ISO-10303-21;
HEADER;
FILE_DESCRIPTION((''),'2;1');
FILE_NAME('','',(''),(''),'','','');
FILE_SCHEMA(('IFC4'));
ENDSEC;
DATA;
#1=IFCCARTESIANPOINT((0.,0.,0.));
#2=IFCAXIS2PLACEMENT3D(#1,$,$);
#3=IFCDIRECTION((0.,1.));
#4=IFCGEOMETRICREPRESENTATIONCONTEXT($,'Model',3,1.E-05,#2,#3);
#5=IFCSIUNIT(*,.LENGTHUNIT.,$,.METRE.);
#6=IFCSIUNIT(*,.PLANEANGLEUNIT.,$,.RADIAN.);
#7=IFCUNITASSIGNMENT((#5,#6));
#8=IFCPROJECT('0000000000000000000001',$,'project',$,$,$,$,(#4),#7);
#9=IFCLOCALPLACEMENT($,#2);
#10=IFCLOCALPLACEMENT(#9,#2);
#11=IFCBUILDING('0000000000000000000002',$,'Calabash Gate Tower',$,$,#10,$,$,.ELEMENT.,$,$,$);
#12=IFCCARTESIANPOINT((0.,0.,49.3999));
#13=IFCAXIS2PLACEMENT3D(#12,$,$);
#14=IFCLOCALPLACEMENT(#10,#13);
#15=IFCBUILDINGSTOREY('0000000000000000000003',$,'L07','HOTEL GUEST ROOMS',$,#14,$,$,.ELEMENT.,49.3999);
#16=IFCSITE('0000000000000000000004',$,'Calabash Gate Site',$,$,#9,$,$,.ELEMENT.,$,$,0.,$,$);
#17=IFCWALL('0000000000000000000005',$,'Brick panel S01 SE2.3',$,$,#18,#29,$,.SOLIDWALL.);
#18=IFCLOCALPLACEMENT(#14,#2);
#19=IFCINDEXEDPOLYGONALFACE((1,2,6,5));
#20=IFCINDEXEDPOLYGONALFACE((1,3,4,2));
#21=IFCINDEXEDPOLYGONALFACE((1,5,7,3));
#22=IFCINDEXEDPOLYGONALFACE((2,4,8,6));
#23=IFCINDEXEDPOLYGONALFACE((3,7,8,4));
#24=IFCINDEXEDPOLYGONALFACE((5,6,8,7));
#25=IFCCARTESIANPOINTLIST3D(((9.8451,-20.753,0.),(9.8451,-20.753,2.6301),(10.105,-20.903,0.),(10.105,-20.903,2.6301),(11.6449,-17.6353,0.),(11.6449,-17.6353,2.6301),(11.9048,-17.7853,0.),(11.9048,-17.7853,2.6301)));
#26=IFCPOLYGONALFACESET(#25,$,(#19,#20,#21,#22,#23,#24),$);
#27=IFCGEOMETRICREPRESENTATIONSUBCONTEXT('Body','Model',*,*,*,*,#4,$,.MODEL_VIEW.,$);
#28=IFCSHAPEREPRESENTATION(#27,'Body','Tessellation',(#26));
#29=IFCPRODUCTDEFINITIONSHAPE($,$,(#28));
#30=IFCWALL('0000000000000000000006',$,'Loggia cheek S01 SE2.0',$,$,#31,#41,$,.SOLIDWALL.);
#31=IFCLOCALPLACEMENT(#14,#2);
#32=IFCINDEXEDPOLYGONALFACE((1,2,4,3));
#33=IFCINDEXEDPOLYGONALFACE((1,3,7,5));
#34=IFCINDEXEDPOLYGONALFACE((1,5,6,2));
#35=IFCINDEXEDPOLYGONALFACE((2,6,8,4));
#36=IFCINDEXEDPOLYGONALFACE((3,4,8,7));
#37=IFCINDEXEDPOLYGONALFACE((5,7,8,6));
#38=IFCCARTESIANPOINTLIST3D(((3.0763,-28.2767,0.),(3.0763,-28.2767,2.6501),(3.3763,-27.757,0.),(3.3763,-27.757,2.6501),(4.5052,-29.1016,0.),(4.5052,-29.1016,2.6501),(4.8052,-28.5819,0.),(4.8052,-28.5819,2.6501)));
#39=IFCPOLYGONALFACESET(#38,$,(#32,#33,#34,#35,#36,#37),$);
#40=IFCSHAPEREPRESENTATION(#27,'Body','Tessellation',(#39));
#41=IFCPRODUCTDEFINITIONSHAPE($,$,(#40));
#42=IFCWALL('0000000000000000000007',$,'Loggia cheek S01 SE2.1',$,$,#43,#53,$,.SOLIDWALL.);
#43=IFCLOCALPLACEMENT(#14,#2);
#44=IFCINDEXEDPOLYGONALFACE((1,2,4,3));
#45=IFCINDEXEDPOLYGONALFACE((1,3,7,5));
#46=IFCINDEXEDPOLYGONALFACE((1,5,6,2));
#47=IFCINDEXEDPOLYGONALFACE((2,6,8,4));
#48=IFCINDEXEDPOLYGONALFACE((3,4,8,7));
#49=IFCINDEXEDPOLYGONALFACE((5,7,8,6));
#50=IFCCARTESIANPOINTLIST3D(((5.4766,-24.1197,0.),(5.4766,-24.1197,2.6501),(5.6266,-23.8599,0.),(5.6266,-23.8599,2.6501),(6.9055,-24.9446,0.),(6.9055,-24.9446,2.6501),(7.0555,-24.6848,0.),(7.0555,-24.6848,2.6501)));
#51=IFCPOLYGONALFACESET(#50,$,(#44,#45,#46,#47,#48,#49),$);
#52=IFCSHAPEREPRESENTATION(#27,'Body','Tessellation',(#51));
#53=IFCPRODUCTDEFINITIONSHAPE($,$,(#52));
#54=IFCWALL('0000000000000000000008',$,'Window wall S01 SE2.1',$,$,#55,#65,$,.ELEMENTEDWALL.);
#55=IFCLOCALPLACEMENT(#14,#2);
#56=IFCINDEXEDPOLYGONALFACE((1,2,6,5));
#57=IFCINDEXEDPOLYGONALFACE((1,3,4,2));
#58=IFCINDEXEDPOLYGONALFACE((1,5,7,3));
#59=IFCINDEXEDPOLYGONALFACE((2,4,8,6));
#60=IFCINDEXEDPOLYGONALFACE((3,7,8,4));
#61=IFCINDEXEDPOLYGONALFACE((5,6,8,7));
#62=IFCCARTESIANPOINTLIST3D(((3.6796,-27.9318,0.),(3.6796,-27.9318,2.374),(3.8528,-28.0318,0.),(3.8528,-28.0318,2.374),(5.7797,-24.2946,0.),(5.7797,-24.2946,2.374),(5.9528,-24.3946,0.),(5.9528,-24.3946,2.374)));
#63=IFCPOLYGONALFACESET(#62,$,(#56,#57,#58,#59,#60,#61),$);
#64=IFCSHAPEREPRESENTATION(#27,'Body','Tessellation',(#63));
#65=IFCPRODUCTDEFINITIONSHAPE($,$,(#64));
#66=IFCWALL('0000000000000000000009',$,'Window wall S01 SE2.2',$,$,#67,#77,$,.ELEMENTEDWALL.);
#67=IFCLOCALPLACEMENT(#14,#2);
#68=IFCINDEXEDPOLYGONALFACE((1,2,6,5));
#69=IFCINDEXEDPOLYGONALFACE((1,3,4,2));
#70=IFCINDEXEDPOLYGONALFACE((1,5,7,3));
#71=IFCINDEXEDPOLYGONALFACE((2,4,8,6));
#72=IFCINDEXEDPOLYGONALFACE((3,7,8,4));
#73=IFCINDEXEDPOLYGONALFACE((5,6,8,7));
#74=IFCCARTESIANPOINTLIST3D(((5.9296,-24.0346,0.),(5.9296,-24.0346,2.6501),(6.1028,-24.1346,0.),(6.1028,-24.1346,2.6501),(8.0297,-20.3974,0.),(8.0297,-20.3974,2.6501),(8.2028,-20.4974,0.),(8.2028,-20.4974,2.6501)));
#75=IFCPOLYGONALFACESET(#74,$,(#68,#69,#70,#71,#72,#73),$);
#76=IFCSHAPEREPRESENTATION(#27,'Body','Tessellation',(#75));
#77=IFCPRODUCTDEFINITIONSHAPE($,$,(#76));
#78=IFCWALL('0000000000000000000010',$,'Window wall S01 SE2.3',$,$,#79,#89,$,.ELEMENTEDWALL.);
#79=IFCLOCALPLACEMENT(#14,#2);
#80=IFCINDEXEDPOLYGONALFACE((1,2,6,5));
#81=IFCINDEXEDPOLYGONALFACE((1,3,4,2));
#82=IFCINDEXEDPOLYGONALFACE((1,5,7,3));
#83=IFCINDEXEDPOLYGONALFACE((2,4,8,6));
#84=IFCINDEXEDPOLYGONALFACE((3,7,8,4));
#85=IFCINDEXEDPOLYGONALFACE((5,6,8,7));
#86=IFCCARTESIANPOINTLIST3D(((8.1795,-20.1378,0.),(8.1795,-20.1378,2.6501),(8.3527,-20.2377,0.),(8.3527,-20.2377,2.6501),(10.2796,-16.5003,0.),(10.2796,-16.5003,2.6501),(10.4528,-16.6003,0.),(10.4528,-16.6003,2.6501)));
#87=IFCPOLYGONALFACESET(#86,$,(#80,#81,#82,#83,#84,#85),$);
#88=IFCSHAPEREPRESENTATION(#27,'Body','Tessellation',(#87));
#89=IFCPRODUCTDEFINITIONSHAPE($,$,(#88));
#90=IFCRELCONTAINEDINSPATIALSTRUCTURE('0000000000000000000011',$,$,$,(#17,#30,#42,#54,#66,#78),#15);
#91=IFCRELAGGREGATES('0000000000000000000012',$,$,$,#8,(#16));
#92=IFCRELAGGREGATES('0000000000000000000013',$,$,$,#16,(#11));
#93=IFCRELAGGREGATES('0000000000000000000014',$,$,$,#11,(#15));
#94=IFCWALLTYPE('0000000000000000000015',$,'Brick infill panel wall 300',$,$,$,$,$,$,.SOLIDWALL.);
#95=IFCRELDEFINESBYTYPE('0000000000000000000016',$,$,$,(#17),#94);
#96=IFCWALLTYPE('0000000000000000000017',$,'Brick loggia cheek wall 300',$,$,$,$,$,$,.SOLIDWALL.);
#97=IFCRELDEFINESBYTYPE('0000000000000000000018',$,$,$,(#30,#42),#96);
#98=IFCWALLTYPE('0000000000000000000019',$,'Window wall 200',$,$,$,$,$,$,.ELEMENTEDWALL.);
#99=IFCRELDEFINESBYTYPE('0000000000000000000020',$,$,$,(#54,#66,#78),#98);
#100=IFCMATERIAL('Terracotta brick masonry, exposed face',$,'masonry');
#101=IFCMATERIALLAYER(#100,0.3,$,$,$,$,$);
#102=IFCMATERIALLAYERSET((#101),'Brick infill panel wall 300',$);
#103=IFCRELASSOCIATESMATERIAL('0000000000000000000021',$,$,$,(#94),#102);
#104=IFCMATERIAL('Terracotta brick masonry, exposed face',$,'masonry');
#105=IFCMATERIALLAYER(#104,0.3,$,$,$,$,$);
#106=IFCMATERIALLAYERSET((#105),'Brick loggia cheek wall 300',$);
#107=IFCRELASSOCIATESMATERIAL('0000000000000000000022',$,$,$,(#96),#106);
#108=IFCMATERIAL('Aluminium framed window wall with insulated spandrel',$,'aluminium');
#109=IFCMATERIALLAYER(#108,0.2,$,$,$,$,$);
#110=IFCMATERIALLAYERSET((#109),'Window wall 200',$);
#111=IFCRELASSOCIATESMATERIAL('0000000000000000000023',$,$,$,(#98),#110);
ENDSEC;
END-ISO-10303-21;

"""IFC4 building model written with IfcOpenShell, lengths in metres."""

from ifc_helpers import new_model, si_unit, direction, frame, frame_2d, origin, place, context, subcontext, project, spatial, rectangle, extrude, material, layer, layer_set, type_object, element, save


model = new_model("IFC4")

# Units and contexts
model_context = context("Model", 3, precision=1e-05, world=origin(), true_north=direction((0.0, 1.0)))
body_context = subcontext(model_context, "Body", "Model", "MODEL_VIEW")
ifc_project = project(units=[si_unit("LENGTHUNIT", "METRE"), si_unit("PLANEANGLEUNIT", "RADIAN")], contexts=[model_context])

# Site, building, storey
site_placement = place(None, origin())
site = spatial("IfcSite", under=ifc_project, at=site_placement, Name="Calabash Gate Site", CompositionType="ELEMENT", RefElevation=0.0)
building_placement = place(site_placement, origin())
building = spatial("IfcBuilding", under=site, at=building_placement, Name="Calabash Gate Tower", CompositionType="ELEMENT")
storey_placement = place(building_placement, frame((0.0, 0.0, 49.3999)))
storey = spatial("IfcBuildingStorey", under=building, at=storey_placement, Name="L07", Description="HOTEL GUEST ROOMS", CompositionType="ELEMENT", Elevation=49.3999)

# Walls
ifc_material_1 = material(Name="Terracotta brick masonry, exposed face", Category="masonry")
ifc_layer_1 = layer(ifc_material_1, 0.3)
ifc_layer_set_1 = layer_set([ifc_layer_1], Name="Brick infill panel wall 300")
wall_type_1 = type_object("IfcWallType", Name="Brick infill panel wall 300", PredefinedType="SOLIDWALL", material=ifc_layer_set_1)
for number, where, z_axis, x_axis, name in (
    (1, (9.9751, -20.8279, 0.0), (0.0, 0.0, 1.0), (0.499961, 0.866048, 0.0), "Brick panel S01 SE2.3"),
):
    element("IfcWall", number, at=place(storey_placement, frame(where, z_axis=z_axis, x_axis=x_axis)), inside=storey, type_object=wall_type_1, Name=name, PredefinedType="SOLIDWALL", context=body_context, shape_type="SweptSolid", body=[
        extrude(rectangle(XDim=3.5999, YDim=0.3, at=frame_2d((1.7998, 0.0))), origin(), (0.0, 0.0, 1.0), 2.6301),
    ])
ifc_material_2 = material(Name="Terracotta brick masonry, exposed face", Category="masonry")
ifc_layer_2 = layer(ifc_material_2, 0.3)
ifc_layer_set_2 = layer_set([ifc_layer_2], Name="Brick loggia cheek wall 300")
wall_type_2 = type_object("IfcWallType", Name="Brick loggia cheek wall 300", PredefinedType="SOLIDWALL", material=ifc_layer_set_2)
wall_1_placement = place(storey_placement, frame((3.2263, -28.0168, 0.0), z_axis=(0.0, 0.0, 1.0), x_axis=(0.86604, -0.499974, 0.0)))
element("IfcWall", 2, at=wall_1_placement, inside=storey, type_object=wall_type_2, Name="Loggia cheek S01 SE2.0", PredefinedType="SOLIDWALL", context=body_context, shape_type="SweptSolid", body=[
    extrude(rectangle(XDim=1.6499, YDim=0.6001, at=frame_2d((0.825, 0.0))), origin(), (0.0, 0.0, 1.0), 2.6501),
])
wall_2_placement = place(storey_placement, frame((6.9805, -24.8147, 0.0), z_axis=(0.0, 0.0, 1.0), x_axis=(-0.86604, 0.499974, 0.0)))
element("IfcWall", 3, at=wall_2_placement, inside=storey, type_object=wall_type_2, Name="Loggia cheek S01 SE2.1", PredefinedType="SOLIDWALL", context=body_context, shape_type="SweptSolid", body=[
    extrude(rectangle(XDim=1.6499, YDim=0.3, at=frame_2d((0.825, 0.0))), origin(), (0.0, 0.0, 1.0), 2.6501),
])
ifc_material_3 = material(Name="Aluminium framed window wall with insulated spandrel", Category="aluminium")
ifc_layer_3 = layer(ifc_material_3, 0.2)
ifc_layer_set_3 = layer_set([ifc_layer_3], Name="Window wall 200")
wall_type_3 = type_object("IfcWallType", Name="Window wall 200", PredefinedType="ELEMENTEDWALL", material=ifc_layer_set_3)
wall_3_placement = place(storey_placement, frame((3.7661, -27.9819, 0.0), z_axis=(0.0, 0.0, 1.0), x_axis=(0.500028, 0.866009, 0.0)))
element("IfcWall", 4, at=wall_3_placement, inside=storey, type_object=wall_type_3, Name="Window wall S01 SE2.1", PredefinedType="ELEMENTEDWALL", context=body_context, shape_type="SweptSolid", body=[
    extrude(rectangle(XDim=4.2, YDim=0.2, at=frame_2d((2.1001, 0.0))), origin(), (0.0, 0.0, 1.0), 2.374),
])
wall_4_placement = place(storey_placement, frame((6.0161, -24.0847, 0.0), z_axis=(0.0, 0.0, 1.0), x_axis=(0.500028, 0.866009, 0.0)))
element("IfcWall", 5, at=wall_4_placement, inside=storey, type_object=wall_type_3, Name="Window wall S01 SE2.2", PredefinedType="ELEMENTEDWALL", context=body_context, shape_type="SweptSolid", body=[
    extrude(rectangle(XDim=4.2, YDim=0.2, at=frame_2d((2.1001, 0.0))), origin(), (0.0, 0.0, 1.0), 2.6501),
])
wall_5_placement = place(storey_placement, frame((8.2661, -20.1877, 0.0), z_axis=(0.0, 0.0, 1.0), x_axis=(0.500003, 0.866024, 0.0)))
element("IfcWall", 6, at=wall_5_placement, inside=storey, type_object=wall_type_3, Name="Window wall S01 SE2.3", PredefinedType="ELEMENTEDWALL", context=body_context, shape_type="SweptSolid", body=[
    extrude(rectangle(XDim=4.2002, YDim=0.2, at=frame_2d((2.1001, 0.0))), origin(), (0.0, 0.0, 1.0), 2.6501),
])

save(model, "model.ifc")
